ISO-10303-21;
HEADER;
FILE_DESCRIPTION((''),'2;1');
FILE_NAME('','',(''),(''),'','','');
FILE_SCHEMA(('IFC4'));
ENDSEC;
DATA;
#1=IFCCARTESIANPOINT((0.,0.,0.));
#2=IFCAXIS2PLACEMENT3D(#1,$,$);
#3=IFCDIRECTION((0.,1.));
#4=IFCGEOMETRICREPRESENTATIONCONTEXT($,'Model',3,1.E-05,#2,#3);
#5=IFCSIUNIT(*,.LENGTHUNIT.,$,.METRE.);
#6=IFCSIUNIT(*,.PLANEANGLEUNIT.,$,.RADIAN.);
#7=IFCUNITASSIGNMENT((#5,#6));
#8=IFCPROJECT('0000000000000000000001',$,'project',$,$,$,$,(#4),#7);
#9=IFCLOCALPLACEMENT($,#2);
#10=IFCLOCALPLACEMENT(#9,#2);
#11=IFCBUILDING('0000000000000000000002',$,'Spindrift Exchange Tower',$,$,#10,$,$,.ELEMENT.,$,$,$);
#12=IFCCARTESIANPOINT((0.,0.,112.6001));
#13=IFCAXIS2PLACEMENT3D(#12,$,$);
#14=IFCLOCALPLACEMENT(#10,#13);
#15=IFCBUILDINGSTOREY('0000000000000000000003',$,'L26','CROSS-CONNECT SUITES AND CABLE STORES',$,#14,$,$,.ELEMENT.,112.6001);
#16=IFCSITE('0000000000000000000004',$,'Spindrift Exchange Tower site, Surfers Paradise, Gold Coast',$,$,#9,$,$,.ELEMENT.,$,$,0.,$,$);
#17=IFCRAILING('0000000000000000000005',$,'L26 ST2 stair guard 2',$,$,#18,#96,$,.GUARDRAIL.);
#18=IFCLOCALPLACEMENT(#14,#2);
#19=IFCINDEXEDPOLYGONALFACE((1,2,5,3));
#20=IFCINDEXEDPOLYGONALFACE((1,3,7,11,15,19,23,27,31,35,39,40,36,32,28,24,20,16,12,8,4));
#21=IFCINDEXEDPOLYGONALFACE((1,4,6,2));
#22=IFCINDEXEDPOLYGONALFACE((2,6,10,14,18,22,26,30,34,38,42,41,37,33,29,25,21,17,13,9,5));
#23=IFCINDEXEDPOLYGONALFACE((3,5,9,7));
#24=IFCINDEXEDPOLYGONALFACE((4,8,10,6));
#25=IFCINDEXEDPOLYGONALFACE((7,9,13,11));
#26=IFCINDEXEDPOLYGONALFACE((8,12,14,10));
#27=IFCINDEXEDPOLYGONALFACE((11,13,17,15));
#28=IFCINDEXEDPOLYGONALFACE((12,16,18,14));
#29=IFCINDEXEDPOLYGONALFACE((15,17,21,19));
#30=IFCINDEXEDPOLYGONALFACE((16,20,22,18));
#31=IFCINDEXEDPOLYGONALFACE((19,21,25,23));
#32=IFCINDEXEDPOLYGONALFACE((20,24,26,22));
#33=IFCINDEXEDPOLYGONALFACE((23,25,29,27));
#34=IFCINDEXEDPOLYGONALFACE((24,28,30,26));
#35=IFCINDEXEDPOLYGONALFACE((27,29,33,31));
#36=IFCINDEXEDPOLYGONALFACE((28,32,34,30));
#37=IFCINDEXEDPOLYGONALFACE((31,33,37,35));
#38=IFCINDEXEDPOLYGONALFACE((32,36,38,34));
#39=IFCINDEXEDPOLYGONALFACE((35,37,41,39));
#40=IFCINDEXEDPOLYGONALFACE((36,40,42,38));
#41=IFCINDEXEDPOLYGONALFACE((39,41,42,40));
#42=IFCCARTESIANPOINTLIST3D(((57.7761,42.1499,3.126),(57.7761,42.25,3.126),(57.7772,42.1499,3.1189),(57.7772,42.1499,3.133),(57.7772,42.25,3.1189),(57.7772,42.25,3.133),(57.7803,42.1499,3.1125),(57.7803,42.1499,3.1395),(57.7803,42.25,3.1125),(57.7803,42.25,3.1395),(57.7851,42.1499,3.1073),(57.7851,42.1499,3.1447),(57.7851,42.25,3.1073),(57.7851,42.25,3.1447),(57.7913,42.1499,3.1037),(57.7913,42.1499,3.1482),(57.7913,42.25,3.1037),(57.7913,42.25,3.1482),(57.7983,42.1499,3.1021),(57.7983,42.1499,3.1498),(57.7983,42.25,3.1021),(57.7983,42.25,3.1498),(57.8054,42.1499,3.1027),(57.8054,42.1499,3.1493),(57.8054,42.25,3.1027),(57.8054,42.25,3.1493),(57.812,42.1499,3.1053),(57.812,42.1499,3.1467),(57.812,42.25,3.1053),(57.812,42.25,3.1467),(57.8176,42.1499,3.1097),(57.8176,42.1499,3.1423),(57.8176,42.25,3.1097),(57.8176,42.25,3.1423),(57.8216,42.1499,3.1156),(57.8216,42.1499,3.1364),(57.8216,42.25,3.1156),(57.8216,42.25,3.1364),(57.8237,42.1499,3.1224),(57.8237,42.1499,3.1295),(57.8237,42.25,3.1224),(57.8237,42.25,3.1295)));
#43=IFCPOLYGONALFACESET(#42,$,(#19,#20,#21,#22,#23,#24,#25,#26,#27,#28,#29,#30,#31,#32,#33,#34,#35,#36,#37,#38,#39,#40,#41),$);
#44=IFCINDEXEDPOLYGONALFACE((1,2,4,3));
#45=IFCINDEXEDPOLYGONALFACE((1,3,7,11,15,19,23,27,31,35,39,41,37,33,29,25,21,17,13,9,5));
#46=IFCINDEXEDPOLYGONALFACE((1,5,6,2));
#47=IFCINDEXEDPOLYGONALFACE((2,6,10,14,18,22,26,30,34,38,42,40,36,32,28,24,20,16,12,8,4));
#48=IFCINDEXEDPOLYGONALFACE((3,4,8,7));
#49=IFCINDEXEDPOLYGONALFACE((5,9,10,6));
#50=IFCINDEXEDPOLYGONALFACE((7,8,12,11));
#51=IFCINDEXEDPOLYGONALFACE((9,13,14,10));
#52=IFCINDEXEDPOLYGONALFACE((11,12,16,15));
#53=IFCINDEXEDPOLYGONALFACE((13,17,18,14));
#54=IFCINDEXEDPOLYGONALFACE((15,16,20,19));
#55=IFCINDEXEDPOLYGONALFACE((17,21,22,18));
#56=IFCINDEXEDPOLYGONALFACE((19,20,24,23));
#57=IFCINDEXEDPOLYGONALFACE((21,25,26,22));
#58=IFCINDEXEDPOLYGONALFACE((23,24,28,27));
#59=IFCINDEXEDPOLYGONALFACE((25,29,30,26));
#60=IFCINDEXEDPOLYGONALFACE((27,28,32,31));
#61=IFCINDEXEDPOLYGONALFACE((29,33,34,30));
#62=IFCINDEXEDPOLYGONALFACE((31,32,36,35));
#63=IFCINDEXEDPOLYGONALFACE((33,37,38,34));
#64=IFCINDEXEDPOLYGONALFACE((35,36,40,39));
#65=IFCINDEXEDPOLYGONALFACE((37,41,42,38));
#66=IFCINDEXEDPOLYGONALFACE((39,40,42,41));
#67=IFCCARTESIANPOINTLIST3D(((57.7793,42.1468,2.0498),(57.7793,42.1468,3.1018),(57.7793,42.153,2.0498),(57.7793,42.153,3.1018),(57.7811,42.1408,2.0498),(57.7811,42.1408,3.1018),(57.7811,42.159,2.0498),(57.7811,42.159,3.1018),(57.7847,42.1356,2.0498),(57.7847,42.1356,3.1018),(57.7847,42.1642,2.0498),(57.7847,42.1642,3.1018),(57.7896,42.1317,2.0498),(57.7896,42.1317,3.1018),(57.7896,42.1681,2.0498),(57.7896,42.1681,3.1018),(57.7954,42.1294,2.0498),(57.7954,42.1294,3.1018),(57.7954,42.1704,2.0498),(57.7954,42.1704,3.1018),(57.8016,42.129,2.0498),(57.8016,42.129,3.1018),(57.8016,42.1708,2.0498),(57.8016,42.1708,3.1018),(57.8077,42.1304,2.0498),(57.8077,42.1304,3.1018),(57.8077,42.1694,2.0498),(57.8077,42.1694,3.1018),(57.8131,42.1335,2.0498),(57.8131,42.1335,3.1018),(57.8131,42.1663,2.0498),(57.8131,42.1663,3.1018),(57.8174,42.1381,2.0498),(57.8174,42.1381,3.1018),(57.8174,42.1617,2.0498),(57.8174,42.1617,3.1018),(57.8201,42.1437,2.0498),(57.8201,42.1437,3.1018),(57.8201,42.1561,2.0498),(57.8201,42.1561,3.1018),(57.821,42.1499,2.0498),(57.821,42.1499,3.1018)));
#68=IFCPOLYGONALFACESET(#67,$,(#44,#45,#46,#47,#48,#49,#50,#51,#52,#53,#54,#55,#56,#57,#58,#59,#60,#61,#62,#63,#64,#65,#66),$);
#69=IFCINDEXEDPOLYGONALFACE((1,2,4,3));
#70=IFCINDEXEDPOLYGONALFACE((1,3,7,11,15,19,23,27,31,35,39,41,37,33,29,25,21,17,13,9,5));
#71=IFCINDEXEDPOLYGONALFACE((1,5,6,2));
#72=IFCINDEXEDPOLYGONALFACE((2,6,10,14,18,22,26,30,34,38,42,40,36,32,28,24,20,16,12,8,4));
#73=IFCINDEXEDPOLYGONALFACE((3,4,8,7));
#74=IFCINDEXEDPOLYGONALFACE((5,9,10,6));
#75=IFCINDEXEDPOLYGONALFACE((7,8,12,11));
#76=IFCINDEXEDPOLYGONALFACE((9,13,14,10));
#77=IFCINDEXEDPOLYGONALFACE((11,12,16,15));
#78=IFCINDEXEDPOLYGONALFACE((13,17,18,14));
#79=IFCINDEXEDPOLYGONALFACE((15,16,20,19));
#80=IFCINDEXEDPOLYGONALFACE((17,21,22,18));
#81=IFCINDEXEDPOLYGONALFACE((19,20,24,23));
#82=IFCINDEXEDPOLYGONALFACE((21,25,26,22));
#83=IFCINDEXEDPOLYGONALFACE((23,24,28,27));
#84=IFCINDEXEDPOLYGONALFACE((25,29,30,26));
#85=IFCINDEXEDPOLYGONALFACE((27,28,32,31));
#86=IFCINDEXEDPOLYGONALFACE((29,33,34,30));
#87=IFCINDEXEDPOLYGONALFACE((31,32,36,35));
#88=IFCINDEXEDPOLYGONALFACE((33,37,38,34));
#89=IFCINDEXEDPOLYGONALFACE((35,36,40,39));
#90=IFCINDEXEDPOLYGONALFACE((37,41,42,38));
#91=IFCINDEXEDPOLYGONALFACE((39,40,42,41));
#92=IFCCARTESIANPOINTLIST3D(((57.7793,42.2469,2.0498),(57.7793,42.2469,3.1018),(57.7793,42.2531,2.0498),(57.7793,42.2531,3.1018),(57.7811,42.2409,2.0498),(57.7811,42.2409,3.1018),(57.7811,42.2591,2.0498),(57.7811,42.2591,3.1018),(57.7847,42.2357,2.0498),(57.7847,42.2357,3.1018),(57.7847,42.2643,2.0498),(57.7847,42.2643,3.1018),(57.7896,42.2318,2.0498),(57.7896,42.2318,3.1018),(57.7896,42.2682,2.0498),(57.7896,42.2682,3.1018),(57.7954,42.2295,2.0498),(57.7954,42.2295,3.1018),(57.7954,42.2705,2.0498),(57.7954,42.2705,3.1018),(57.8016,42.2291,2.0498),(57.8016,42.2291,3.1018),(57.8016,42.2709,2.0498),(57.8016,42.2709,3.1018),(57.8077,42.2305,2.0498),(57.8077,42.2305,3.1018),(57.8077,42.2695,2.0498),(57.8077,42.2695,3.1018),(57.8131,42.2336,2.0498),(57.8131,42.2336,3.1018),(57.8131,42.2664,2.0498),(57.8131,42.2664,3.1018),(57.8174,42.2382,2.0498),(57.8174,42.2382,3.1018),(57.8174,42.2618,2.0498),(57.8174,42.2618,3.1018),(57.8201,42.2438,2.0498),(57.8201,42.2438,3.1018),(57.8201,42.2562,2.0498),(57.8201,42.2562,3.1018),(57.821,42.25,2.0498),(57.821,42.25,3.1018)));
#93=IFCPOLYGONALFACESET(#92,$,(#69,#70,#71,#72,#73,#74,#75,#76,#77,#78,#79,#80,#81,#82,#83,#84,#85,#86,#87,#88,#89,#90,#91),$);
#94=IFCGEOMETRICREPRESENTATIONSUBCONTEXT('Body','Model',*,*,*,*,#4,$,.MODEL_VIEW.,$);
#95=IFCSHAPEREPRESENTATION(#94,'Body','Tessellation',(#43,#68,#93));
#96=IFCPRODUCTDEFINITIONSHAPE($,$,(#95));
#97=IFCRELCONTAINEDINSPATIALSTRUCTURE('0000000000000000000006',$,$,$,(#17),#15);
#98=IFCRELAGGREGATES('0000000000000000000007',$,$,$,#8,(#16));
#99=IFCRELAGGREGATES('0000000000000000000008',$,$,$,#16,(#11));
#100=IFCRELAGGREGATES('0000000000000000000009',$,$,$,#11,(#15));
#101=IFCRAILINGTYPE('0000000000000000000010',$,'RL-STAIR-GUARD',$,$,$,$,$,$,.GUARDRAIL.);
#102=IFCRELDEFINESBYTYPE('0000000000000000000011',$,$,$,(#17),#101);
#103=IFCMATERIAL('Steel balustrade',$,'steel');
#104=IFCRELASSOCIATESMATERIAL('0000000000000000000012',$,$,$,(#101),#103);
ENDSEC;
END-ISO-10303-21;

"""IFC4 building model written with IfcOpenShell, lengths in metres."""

from ifc_helpers import new_model, si_unit, direction, frame, origin, origin_2d, place, context, subcontext, project, spatial, circle, extrude, material, type_object, element, save


model = new_model("IFC4")

# Units and contexts
model_context = context("Model", 3, precision=1e-05, world=origin(), true_north=direction((0.0, 1.0)))
body_context = subcontext(model_context, "Body", "Model", "MODEL_VIEW")
ifc_project = project(units=[si_unit("LENGTHUNIT", "METRE"), si_unit("PLANEANGLEUNIT", "RADIAN")], contexts=[model_context])

# Site, building, storey
site_placement = place(None, origin())
site = spatial("IfcSite", under=ifc_project, at=site_placement, Name="Spindrift Exchange Tower site, Surfers Paradise, Gold Coast", CompositionType="ELEMENT", RefElevation=0.0)
building_placement = place(site_placement, origin())
building = spatial("IfcBuilding", under=site, at=building_placement, Name="Spindrift Exchange Tower", CompositionType="ELEMENT")
storey_placement = place(building_placement, frame((0.0, 0.0, 112.6001)))
storey = spatial("IfcBuildingStorey", under=building, at=storey_placement, Name="L26", Description="CROSS-CONNECT SUITES AND CABLE STORES", CompositionType="ELEMENT", Elevation=112.6001)

# Railing
ifc_material_1 = material(Name="Steel balustrade", Category="steel")
railing_type_1 = type_object("IfcRailingType", Name="RL-STAIR-GUARD", PredefinedType="GUARDRAIL", material=ifc_material_1)
railing_1_placement = place(storey_placement, frame((57.8, 42.1499, 2.0498)))
element("IfcRailing", 1, at=railing_1_placement, inside=storey, type_object=railing_type_1, Name="L26 ST2 stair guard 2", PredefinedType="GUARDRAIL", context=body_context, shape_type="SweptSolid", body=[
    extrude(circle(Radius=0.0239, at=origin_2d()), frame((0.0, 0.0, 1.0762), z_axis=(0.0, 1.0, 0.0), x_axis=(-1.0, 0.0, 0.0)), (0.0, 0.0, 1.0), 0.1001),
    extrude(circle(Radius=0.021, at=origin_2d()), origin(), (0.0, 0.0, 1.0), 1.052),
    extrude(circle(Radius=0.021, at=origin_2d()), frame((0.0, 0.1001, 0.0)), (0.0, 0.0, 1.0), 1.052),
])

save(model, "model.ifc")
